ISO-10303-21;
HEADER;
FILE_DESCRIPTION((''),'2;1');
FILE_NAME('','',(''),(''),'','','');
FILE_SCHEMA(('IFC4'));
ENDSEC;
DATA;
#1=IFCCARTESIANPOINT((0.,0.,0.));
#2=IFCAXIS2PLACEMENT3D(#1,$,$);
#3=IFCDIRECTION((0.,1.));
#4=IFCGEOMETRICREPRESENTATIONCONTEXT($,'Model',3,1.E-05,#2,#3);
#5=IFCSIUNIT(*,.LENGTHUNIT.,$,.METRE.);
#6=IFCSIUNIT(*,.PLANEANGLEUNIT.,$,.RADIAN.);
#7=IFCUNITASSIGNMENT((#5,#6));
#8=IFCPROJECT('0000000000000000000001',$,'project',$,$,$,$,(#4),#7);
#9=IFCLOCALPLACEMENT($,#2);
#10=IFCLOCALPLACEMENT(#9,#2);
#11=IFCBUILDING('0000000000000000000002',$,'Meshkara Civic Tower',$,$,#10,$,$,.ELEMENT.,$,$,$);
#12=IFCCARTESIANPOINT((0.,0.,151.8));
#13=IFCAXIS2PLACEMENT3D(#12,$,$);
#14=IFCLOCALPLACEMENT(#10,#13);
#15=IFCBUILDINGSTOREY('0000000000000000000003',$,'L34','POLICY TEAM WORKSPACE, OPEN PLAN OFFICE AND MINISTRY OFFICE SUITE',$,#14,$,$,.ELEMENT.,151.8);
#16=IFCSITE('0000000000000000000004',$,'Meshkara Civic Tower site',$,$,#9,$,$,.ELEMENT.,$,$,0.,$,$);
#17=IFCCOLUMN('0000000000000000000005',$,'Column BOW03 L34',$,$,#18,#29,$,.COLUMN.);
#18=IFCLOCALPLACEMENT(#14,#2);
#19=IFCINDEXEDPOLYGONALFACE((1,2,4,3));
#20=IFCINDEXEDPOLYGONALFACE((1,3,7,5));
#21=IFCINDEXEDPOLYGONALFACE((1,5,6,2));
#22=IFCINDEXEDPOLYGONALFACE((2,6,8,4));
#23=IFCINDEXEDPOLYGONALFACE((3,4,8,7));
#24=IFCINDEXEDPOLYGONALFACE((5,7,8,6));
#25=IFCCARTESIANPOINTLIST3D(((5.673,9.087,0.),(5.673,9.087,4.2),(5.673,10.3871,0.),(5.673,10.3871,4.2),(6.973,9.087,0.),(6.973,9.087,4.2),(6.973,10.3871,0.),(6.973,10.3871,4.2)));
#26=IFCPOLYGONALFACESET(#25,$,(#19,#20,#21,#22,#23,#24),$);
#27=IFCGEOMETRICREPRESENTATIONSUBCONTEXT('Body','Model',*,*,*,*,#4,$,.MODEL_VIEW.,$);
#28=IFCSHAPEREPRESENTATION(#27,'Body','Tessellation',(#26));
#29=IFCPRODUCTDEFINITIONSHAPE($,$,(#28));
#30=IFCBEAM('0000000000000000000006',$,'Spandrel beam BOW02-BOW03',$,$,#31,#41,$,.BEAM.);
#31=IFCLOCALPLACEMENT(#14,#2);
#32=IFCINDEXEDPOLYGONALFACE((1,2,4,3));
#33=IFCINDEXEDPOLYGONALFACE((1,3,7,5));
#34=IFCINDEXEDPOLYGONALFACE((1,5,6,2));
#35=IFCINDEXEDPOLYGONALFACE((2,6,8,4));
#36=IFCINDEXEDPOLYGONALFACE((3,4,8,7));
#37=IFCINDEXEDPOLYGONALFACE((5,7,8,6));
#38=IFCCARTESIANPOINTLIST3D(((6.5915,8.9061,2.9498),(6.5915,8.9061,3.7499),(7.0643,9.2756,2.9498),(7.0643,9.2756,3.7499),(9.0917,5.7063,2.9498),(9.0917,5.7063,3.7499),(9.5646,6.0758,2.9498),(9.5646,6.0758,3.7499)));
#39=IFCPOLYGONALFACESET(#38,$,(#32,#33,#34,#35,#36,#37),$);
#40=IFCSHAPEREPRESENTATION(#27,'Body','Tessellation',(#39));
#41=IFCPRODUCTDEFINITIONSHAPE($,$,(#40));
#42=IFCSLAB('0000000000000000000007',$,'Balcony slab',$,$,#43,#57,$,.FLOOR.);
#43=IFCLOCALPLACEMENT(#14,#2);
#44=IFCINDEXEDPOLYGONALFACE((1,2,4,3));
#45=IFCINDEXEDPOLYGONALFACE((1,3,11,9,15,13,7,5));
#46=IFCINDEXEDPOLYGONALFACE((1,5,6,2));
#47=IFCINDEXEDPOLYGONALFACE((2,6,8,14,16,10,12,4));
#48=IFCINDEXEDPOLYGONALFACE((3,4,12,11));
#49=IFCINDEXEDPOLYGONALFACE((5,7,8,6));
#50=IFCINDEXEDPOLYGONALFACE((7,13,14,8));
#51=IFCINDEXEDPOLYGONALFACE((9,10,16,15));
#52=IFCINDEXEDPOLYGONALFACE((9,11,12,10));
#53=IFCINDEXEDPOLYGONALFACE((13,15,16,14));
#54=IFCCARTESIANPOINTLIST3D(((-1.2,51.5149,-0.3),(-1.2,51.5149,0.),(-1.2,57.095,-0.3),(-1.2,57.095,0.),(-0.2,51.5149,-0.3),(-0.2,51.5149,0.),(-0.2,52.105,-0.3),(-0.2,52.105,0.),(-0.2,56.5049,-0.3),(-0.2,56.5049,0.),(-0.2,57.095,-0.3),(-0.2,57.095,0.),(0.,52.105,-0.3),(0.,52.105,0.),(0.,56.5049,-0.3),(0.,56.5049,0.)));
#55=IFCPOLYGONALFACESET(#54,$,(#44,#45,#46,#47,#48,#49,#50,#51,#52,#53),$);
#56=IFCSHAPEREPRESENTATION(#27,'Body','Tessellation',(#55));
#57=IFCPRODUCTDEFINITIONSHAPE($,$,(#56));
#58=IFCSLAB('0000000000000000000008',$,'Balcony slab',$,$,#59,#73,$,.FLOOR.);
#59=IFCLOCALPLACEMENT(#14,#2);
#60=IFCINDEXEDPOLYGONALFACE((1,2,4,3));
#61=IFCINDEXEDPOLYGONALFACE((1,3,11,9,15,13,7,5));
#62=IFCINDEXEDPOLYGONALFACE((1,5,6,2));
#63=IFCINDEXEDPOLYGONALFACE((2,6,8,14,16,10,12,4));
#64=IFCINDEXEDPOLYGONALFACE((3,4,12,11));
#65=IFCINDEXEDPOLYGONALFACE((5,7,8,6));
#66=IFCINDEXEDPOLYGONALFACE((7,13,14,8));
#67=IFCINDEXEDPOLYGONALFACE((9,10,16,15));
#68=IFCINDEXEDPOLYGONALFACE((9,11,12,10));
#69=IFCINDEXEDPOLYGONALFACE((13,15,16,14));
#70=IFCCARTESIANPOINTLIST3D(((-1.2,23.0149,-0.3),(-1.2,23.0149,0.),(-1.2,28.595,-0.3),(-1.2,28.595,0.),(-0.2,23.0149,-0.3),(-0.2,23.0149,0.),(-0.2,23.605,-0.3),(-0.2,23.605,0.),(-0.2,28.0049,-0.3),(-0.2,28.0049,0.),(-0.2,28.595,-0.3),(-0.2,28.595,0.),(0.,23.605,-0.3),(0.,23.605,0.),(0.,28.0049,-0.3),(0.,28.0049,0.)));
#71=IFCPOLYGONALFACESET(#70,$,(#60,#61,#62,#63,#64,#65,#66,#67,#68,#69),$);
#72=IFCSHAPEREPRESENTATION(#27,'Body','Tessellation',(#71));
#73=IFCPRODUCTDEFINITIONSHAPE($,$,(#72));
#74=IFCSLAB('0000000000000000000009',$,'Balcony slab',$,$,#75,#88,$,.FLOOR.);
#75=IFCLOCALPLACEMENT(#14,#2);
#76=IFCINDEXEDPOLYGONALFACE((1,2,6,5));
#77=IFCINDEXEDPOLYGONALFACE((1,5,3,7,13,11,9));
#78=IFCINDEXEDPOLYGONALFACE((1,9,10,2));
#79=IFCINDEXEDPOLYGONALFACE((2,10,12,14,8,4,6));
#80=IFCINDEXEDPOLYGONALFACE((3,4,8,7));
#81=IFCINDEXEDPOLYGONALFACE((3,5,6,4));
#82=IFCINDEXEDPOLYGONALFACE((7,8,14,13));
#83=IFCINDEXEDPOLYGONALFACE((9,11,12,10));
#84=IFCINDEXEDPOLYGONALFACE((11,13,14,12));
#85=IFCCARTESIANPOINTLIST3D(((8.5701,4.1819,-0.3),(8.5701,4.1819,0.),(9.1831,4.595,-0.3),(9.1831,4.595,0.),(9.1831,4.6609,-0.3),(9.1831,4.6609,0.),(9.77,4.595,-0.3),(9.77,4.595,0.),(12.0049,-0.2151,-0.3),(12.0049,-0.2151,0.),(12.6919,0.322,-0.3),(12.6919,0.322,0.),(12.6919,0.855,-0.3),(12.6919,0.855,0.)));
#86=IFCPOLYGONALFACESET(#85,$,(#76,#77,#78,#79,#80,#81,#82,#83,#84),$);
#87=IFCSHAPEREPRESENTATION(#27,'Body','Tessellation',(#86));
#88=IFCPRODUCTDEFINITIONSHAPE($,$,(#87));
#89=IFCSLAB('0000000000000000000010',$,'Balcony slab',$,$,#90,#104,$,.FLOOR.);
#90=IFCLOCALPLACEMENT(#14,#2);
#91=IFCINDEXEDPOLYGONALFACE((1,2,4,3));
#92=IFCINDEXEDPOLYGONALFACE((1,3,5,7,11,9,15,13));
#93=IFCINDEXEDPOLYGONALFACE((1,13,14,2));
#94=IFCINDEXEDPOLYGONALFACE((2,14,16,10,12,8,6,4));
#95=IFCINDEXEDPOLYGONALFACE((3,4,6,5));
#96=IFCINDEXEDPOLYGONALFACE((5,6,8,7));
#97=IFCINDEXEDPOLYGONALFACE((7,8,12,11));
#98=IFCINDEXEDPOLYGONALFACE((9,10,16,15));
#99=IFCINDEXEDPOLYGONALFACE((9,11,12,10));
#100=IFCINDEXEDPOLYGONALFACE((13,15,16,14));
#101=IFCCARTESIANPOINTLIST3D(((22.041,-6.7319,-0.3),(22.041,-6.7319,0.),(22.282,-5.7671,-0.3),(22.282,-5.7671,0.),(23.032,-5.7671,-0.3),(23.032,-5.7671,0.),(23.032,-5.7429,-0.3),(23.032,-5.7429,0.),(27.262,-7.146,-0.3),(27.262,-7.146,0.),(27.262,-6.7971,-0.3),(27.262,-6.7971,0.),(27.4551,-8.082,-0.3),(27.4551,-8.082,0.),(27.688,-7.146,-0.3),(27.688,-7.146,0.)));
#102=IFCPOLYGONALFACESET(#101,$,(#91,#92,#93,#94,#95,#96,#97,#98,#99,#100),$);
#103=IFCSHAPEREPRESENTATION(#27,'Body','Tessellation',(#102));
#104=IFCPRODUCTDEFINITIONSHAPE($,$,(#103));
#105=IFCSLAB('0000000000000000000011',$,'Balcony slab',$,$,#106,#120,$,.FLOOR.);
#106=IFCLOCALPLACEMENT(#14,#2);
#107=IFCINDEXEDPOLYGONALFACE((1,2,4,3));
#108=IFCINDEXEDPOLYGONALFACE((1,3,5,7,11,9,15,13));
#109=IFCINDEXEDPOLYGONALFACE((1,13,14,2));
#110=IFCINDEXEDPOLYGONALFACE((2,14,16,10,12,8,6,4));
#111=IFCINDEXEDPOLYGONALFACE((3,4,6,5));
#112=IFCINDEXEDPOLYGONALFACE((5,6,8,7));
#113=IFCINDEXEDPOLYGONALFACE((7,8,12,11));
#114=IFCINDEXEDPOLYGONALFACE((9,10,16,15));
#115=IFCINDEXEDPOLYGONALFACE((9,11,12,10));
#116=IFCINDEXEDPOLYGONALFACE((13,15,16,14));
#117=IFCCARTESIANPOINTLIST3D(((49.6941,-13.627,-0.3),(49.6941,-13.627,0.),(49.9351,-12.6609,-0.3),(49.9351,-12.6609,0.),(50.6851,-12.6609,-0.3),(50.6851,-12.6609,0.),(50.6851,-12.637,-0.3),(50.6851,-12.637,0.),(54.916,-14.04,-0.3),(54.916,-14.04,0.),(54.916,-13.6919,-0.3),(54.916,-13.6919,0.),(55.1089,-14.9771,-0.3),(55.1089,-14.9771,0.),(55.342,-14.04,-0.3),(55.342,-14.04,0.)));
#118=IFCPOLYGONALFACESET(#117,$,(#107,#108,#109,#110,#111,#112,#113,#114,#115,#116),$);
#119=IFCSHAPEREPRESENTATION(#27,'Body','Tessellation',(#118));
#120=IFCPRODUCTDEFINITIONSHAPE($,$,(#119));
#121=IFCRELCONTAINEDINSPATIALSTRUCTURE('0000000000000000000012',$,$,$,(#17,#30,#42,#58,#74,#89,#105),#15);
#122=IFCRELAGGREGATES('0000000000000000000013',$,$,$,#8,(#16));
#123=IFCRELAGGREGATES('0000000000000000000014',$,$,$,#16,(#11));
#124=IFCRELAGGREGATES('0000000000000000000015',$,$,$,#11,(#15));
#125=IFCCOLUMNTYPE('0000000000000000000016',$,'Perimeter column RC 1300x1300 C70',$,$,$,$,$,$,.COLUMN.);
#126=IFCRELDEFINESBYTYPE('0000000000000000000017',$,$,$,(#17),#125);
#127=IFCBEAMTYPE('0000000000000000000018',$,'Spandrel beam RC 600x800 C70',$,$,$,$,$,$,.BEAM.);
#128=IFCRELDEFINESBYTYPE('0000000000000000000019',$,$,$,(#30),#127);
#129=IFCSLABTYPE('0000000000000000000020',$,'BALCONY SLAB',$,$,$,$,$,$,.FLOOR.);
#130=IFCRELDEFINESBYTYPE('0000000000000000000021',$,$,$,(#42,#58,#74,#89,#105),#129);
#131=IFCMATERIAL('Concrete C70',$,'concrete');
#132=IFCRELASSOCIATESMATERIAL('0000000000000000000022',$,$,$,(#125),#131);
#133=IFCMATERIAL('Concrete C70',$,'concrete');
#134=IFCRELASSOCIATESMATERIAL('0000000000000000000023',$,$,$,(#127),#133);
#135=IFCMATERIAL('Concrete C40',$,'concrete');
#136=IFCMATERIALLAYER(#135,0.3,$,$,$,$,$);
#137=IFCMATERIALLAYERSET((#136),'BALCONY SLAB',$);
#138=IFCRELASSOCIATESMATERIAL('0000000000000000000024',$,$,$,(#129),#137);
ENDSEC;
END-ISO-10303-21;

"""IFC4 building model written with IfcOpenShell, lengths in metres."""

from ifc_helpers import new_model, si_unit, direction, frame, origin, origin_2d, place, context, subcontext, project, spatial, polyline, rectangle, outline, extrude, material, layer, layer_set, material_profile, profile_set, type_object, element, save


model = new_model("IFC4")

# Units and contexts
model_context = context("Model", 3, precision=1e-05, world=origin(), true_north=direction((0.0, 1.0)))
body_context = subcontext(model_context, "Body", "Model", "MODEL_VIEW")
ifc_project = project(units=[si_unit("LENGTHUNIT", "METRE"), si_unit("PLANEANGLEUNIT", "RADIAN")], contexts=[model_context])

# Site, building, storey
site_placement = place(None, origin())
site = spatial("IfcSite", under=ifc_project, at=site_placement, Name="Meshkara Civic Tower site", CompositionType="ELEMENT", RefElevation=0.0)
building_placement = place(site_placement, origin())
building = spatial("IfcBuilding", under=site, at=building_placement, Name="Meshkara Civic Tower", CompositionType="ELEMENT")
storey_placement = place(building_placement, frame((0.0, 0.0, 151.8)))
storey = spatial("IfcBuildingStorey", under=building, at=storey_placement, Name="L34", Description="POLICY TEAM WORKSPACE, OPEN PLAN OFFICE AND MINISTRY OFFICE SUITE", CompositionType="ELEMENT", Elevation=151.8)

# Column
ifc_material_1 = material(Name="Concrete C70", Category="concrete")
ifc_material_profile_1 = material_profile(ifc_material_1, rectangle(XDim=1.3, YDim=1.3, at=origin_2d()))
ifc_profile_set_1 = profile_set([ifc_material_profile_1], Name="Concrete C70")
column_type = type_object("IfcColumnType", Name="Perimeter column RC 1300x1300 C70", PredefinedType="COLUMN", material=ifc_profile_set_1)
column_placement = place(storey_placement, frame((6.323, 9.7371, 0.0), z_axis=(0.0, 0.0, 1.0), x_axis=(1.0, 0.0, 0.0)))
element("IfcColumn", 1, at=column_placement, inside=storey, type_object=column_type, Name="Column BOW03 L34", PredefinedType="COLUMN", context=body_context, shape_type="SweptSolid", body=[
    extrude(rectangle(XDim=1.3, YDim=1.3, at=origin_2d()), origin(), (0.0, 0.0, 1.0), 4.2),
])

# Beam
ifc_material_2 = material(Name="Concrete C70", Category="concrete")
ifc_material_profile_2 = material_profile(ifc_material_2, rectangle(XDim=0.6001, YDim=0.8, at=origin_2d()))
ifc_profile_set_2 = profile_set([ifc_material_profile_2], Name="Concrete C70")
beam_type = type_object("IfcBeamType", Name="Spandrel beam RC 600x800 C70", PredefinedType="BEAM", material=ifc_profile_set_2)
beam_placement = place(storey_placement, frame((6.8279, 9.0908, 3.3499), z_axis=(0.615716, -0.787968, 0.0), x_axis=(0.787968, 0.615716, 0.0)))
element("IfcBeam", 2, at=beam_placement, inside=storey, type_object=beam_type, Name="Spandrel beam BOW02-BOW03", PredefinedType="BEAM", context=body_context, shape_type="SweptSolid", body=[
    extrude(rectangle(XDim=0.6001, YDim=0.8, at=origin_2d()), origin(), (0.0, 0.0, 1.0), 4.0608),
])

# Slabs
ifc_material_3 = material(Name="Concrete C40", Category="concrete")
ifc_layer_1 = layer(ifc_material_3, 0.3)
ifc_layer_set_1 = layer_set([ifc_layer_1], Name="BALCONY SLAB")
slab_type_1 = type_object("IfcSlabType", Name="BALCONY SLAB", PredefinedType="FLOOR", material=ifc_layer_set_1)
slab_1_placement = place(storey_placement, frame((0.0, 0.0, -0.3)))
element("IfcSlab", 3, at=slab_1_placement, inside=storey, type_object=slab_type_1, Name="Balcony slab", PredefinedType="FLOOR", context=body_context, shape_type="SweptSolid", body=[
    extrude(outline(polyline([(-1.2, 51.5149), (-1.2, 57.095), (-0.2, 57.095), (-0.2, 56.5049), (0.0, 56.5049), (0.0, 52.105), (-0.2, 52.105), (-0.2, 51.5149), (-1.2, 51.5149)])), origin(), (0.0, 0.0, 1.0), 0.3),
])
slab_2_placement = place(storey_placement, frame((0.0, 0.0, -0.3)))
element("IfcSlab", 4, at=slab_2_placement, inside=storey, type_object=slab_type_1, Name="Balcony slab", PredefinedType="FLOOR", context=body_context, shape_type="SweptSolid", body=[
    extrude(outline(polyline([(-1.2, 23.0149), (-1.2, 28.595), (-0.2, 28.595), (-0.2, 28.0049), (0.0, 28.0049), (0.0, 23.605), (-0.2, 23.605), (-0.2, 23.0149), (-1.2, 23.0149)])), origin(), (0.0, 0.0, 1.0), 0.3),
])
slab_3_placement = place(storey_placement, frame((0.0, 0.0, -0.3)))
element("IfcSlab", 5, at=slab_3_placement, inside=storey, type_object=slab_type_1, Name="Balcony slab", PredefinedType="FLOOR", context=body_context, shape_type="SweptSolid", body=[
    extrude(outline(polyline([(12.0049, -0.2151), (8.5701, 4.1819), (9.1831, 4.6609), (9.1831, 4.595), (9.77, 4.595), (12.6919, 0.855), (12.6919, 0.322), (12.0049, -0.2151)])), origin(), (0.0, 0.0, 1.0), 0.3),
])
slab_4_placement = place(storey_placement, frame((0.0, 0.0, -0.3)))
element("IfcSlab", 6, at=slab_4_placement, inside=storey, type_object=slab_type_1, Name="Balcony slab", PredefinedType="FLOOR", context=body_context, shape_type="SweptSolid", body=[
    extrude(outline(polyline([(27.4551, -8.082), (22.041, -6.7319), (22.282, -5.7671), (23.032, -5.7671), (23.032, -5.7429), (27.262, -6.7971), (27.262, -7.146), (27.688, -7.146), (27.4551, -8.082)])), origin(), (0.0, 0.0, 1.0), 0.3),
])
slab_5_placement = place(storey_placement, frame((0.0, 0.0, -0.3)))
element("IfcSlab", 7, at=slab_5_placement, inside=storey, type_object=slab_type_1, Name="Balcony slab", PredefinedType="FLOOR", context=body_context, shape_type="SweptSolid", body=[
    extrude(outline(polyline([(55.1089, -14.9771), (49.6941, -13.627), (49.9351, -12.6609), (50.6851, -12.6609), (50.6851, -12.637), (54.916, -13.6919), (54.916, -14.04), (55.342, -14.04), (55.1089, -14.9771)])), origin(), (0.0, 0.0, 1.0), 0.3),
])

save(model, "model.ifc")
